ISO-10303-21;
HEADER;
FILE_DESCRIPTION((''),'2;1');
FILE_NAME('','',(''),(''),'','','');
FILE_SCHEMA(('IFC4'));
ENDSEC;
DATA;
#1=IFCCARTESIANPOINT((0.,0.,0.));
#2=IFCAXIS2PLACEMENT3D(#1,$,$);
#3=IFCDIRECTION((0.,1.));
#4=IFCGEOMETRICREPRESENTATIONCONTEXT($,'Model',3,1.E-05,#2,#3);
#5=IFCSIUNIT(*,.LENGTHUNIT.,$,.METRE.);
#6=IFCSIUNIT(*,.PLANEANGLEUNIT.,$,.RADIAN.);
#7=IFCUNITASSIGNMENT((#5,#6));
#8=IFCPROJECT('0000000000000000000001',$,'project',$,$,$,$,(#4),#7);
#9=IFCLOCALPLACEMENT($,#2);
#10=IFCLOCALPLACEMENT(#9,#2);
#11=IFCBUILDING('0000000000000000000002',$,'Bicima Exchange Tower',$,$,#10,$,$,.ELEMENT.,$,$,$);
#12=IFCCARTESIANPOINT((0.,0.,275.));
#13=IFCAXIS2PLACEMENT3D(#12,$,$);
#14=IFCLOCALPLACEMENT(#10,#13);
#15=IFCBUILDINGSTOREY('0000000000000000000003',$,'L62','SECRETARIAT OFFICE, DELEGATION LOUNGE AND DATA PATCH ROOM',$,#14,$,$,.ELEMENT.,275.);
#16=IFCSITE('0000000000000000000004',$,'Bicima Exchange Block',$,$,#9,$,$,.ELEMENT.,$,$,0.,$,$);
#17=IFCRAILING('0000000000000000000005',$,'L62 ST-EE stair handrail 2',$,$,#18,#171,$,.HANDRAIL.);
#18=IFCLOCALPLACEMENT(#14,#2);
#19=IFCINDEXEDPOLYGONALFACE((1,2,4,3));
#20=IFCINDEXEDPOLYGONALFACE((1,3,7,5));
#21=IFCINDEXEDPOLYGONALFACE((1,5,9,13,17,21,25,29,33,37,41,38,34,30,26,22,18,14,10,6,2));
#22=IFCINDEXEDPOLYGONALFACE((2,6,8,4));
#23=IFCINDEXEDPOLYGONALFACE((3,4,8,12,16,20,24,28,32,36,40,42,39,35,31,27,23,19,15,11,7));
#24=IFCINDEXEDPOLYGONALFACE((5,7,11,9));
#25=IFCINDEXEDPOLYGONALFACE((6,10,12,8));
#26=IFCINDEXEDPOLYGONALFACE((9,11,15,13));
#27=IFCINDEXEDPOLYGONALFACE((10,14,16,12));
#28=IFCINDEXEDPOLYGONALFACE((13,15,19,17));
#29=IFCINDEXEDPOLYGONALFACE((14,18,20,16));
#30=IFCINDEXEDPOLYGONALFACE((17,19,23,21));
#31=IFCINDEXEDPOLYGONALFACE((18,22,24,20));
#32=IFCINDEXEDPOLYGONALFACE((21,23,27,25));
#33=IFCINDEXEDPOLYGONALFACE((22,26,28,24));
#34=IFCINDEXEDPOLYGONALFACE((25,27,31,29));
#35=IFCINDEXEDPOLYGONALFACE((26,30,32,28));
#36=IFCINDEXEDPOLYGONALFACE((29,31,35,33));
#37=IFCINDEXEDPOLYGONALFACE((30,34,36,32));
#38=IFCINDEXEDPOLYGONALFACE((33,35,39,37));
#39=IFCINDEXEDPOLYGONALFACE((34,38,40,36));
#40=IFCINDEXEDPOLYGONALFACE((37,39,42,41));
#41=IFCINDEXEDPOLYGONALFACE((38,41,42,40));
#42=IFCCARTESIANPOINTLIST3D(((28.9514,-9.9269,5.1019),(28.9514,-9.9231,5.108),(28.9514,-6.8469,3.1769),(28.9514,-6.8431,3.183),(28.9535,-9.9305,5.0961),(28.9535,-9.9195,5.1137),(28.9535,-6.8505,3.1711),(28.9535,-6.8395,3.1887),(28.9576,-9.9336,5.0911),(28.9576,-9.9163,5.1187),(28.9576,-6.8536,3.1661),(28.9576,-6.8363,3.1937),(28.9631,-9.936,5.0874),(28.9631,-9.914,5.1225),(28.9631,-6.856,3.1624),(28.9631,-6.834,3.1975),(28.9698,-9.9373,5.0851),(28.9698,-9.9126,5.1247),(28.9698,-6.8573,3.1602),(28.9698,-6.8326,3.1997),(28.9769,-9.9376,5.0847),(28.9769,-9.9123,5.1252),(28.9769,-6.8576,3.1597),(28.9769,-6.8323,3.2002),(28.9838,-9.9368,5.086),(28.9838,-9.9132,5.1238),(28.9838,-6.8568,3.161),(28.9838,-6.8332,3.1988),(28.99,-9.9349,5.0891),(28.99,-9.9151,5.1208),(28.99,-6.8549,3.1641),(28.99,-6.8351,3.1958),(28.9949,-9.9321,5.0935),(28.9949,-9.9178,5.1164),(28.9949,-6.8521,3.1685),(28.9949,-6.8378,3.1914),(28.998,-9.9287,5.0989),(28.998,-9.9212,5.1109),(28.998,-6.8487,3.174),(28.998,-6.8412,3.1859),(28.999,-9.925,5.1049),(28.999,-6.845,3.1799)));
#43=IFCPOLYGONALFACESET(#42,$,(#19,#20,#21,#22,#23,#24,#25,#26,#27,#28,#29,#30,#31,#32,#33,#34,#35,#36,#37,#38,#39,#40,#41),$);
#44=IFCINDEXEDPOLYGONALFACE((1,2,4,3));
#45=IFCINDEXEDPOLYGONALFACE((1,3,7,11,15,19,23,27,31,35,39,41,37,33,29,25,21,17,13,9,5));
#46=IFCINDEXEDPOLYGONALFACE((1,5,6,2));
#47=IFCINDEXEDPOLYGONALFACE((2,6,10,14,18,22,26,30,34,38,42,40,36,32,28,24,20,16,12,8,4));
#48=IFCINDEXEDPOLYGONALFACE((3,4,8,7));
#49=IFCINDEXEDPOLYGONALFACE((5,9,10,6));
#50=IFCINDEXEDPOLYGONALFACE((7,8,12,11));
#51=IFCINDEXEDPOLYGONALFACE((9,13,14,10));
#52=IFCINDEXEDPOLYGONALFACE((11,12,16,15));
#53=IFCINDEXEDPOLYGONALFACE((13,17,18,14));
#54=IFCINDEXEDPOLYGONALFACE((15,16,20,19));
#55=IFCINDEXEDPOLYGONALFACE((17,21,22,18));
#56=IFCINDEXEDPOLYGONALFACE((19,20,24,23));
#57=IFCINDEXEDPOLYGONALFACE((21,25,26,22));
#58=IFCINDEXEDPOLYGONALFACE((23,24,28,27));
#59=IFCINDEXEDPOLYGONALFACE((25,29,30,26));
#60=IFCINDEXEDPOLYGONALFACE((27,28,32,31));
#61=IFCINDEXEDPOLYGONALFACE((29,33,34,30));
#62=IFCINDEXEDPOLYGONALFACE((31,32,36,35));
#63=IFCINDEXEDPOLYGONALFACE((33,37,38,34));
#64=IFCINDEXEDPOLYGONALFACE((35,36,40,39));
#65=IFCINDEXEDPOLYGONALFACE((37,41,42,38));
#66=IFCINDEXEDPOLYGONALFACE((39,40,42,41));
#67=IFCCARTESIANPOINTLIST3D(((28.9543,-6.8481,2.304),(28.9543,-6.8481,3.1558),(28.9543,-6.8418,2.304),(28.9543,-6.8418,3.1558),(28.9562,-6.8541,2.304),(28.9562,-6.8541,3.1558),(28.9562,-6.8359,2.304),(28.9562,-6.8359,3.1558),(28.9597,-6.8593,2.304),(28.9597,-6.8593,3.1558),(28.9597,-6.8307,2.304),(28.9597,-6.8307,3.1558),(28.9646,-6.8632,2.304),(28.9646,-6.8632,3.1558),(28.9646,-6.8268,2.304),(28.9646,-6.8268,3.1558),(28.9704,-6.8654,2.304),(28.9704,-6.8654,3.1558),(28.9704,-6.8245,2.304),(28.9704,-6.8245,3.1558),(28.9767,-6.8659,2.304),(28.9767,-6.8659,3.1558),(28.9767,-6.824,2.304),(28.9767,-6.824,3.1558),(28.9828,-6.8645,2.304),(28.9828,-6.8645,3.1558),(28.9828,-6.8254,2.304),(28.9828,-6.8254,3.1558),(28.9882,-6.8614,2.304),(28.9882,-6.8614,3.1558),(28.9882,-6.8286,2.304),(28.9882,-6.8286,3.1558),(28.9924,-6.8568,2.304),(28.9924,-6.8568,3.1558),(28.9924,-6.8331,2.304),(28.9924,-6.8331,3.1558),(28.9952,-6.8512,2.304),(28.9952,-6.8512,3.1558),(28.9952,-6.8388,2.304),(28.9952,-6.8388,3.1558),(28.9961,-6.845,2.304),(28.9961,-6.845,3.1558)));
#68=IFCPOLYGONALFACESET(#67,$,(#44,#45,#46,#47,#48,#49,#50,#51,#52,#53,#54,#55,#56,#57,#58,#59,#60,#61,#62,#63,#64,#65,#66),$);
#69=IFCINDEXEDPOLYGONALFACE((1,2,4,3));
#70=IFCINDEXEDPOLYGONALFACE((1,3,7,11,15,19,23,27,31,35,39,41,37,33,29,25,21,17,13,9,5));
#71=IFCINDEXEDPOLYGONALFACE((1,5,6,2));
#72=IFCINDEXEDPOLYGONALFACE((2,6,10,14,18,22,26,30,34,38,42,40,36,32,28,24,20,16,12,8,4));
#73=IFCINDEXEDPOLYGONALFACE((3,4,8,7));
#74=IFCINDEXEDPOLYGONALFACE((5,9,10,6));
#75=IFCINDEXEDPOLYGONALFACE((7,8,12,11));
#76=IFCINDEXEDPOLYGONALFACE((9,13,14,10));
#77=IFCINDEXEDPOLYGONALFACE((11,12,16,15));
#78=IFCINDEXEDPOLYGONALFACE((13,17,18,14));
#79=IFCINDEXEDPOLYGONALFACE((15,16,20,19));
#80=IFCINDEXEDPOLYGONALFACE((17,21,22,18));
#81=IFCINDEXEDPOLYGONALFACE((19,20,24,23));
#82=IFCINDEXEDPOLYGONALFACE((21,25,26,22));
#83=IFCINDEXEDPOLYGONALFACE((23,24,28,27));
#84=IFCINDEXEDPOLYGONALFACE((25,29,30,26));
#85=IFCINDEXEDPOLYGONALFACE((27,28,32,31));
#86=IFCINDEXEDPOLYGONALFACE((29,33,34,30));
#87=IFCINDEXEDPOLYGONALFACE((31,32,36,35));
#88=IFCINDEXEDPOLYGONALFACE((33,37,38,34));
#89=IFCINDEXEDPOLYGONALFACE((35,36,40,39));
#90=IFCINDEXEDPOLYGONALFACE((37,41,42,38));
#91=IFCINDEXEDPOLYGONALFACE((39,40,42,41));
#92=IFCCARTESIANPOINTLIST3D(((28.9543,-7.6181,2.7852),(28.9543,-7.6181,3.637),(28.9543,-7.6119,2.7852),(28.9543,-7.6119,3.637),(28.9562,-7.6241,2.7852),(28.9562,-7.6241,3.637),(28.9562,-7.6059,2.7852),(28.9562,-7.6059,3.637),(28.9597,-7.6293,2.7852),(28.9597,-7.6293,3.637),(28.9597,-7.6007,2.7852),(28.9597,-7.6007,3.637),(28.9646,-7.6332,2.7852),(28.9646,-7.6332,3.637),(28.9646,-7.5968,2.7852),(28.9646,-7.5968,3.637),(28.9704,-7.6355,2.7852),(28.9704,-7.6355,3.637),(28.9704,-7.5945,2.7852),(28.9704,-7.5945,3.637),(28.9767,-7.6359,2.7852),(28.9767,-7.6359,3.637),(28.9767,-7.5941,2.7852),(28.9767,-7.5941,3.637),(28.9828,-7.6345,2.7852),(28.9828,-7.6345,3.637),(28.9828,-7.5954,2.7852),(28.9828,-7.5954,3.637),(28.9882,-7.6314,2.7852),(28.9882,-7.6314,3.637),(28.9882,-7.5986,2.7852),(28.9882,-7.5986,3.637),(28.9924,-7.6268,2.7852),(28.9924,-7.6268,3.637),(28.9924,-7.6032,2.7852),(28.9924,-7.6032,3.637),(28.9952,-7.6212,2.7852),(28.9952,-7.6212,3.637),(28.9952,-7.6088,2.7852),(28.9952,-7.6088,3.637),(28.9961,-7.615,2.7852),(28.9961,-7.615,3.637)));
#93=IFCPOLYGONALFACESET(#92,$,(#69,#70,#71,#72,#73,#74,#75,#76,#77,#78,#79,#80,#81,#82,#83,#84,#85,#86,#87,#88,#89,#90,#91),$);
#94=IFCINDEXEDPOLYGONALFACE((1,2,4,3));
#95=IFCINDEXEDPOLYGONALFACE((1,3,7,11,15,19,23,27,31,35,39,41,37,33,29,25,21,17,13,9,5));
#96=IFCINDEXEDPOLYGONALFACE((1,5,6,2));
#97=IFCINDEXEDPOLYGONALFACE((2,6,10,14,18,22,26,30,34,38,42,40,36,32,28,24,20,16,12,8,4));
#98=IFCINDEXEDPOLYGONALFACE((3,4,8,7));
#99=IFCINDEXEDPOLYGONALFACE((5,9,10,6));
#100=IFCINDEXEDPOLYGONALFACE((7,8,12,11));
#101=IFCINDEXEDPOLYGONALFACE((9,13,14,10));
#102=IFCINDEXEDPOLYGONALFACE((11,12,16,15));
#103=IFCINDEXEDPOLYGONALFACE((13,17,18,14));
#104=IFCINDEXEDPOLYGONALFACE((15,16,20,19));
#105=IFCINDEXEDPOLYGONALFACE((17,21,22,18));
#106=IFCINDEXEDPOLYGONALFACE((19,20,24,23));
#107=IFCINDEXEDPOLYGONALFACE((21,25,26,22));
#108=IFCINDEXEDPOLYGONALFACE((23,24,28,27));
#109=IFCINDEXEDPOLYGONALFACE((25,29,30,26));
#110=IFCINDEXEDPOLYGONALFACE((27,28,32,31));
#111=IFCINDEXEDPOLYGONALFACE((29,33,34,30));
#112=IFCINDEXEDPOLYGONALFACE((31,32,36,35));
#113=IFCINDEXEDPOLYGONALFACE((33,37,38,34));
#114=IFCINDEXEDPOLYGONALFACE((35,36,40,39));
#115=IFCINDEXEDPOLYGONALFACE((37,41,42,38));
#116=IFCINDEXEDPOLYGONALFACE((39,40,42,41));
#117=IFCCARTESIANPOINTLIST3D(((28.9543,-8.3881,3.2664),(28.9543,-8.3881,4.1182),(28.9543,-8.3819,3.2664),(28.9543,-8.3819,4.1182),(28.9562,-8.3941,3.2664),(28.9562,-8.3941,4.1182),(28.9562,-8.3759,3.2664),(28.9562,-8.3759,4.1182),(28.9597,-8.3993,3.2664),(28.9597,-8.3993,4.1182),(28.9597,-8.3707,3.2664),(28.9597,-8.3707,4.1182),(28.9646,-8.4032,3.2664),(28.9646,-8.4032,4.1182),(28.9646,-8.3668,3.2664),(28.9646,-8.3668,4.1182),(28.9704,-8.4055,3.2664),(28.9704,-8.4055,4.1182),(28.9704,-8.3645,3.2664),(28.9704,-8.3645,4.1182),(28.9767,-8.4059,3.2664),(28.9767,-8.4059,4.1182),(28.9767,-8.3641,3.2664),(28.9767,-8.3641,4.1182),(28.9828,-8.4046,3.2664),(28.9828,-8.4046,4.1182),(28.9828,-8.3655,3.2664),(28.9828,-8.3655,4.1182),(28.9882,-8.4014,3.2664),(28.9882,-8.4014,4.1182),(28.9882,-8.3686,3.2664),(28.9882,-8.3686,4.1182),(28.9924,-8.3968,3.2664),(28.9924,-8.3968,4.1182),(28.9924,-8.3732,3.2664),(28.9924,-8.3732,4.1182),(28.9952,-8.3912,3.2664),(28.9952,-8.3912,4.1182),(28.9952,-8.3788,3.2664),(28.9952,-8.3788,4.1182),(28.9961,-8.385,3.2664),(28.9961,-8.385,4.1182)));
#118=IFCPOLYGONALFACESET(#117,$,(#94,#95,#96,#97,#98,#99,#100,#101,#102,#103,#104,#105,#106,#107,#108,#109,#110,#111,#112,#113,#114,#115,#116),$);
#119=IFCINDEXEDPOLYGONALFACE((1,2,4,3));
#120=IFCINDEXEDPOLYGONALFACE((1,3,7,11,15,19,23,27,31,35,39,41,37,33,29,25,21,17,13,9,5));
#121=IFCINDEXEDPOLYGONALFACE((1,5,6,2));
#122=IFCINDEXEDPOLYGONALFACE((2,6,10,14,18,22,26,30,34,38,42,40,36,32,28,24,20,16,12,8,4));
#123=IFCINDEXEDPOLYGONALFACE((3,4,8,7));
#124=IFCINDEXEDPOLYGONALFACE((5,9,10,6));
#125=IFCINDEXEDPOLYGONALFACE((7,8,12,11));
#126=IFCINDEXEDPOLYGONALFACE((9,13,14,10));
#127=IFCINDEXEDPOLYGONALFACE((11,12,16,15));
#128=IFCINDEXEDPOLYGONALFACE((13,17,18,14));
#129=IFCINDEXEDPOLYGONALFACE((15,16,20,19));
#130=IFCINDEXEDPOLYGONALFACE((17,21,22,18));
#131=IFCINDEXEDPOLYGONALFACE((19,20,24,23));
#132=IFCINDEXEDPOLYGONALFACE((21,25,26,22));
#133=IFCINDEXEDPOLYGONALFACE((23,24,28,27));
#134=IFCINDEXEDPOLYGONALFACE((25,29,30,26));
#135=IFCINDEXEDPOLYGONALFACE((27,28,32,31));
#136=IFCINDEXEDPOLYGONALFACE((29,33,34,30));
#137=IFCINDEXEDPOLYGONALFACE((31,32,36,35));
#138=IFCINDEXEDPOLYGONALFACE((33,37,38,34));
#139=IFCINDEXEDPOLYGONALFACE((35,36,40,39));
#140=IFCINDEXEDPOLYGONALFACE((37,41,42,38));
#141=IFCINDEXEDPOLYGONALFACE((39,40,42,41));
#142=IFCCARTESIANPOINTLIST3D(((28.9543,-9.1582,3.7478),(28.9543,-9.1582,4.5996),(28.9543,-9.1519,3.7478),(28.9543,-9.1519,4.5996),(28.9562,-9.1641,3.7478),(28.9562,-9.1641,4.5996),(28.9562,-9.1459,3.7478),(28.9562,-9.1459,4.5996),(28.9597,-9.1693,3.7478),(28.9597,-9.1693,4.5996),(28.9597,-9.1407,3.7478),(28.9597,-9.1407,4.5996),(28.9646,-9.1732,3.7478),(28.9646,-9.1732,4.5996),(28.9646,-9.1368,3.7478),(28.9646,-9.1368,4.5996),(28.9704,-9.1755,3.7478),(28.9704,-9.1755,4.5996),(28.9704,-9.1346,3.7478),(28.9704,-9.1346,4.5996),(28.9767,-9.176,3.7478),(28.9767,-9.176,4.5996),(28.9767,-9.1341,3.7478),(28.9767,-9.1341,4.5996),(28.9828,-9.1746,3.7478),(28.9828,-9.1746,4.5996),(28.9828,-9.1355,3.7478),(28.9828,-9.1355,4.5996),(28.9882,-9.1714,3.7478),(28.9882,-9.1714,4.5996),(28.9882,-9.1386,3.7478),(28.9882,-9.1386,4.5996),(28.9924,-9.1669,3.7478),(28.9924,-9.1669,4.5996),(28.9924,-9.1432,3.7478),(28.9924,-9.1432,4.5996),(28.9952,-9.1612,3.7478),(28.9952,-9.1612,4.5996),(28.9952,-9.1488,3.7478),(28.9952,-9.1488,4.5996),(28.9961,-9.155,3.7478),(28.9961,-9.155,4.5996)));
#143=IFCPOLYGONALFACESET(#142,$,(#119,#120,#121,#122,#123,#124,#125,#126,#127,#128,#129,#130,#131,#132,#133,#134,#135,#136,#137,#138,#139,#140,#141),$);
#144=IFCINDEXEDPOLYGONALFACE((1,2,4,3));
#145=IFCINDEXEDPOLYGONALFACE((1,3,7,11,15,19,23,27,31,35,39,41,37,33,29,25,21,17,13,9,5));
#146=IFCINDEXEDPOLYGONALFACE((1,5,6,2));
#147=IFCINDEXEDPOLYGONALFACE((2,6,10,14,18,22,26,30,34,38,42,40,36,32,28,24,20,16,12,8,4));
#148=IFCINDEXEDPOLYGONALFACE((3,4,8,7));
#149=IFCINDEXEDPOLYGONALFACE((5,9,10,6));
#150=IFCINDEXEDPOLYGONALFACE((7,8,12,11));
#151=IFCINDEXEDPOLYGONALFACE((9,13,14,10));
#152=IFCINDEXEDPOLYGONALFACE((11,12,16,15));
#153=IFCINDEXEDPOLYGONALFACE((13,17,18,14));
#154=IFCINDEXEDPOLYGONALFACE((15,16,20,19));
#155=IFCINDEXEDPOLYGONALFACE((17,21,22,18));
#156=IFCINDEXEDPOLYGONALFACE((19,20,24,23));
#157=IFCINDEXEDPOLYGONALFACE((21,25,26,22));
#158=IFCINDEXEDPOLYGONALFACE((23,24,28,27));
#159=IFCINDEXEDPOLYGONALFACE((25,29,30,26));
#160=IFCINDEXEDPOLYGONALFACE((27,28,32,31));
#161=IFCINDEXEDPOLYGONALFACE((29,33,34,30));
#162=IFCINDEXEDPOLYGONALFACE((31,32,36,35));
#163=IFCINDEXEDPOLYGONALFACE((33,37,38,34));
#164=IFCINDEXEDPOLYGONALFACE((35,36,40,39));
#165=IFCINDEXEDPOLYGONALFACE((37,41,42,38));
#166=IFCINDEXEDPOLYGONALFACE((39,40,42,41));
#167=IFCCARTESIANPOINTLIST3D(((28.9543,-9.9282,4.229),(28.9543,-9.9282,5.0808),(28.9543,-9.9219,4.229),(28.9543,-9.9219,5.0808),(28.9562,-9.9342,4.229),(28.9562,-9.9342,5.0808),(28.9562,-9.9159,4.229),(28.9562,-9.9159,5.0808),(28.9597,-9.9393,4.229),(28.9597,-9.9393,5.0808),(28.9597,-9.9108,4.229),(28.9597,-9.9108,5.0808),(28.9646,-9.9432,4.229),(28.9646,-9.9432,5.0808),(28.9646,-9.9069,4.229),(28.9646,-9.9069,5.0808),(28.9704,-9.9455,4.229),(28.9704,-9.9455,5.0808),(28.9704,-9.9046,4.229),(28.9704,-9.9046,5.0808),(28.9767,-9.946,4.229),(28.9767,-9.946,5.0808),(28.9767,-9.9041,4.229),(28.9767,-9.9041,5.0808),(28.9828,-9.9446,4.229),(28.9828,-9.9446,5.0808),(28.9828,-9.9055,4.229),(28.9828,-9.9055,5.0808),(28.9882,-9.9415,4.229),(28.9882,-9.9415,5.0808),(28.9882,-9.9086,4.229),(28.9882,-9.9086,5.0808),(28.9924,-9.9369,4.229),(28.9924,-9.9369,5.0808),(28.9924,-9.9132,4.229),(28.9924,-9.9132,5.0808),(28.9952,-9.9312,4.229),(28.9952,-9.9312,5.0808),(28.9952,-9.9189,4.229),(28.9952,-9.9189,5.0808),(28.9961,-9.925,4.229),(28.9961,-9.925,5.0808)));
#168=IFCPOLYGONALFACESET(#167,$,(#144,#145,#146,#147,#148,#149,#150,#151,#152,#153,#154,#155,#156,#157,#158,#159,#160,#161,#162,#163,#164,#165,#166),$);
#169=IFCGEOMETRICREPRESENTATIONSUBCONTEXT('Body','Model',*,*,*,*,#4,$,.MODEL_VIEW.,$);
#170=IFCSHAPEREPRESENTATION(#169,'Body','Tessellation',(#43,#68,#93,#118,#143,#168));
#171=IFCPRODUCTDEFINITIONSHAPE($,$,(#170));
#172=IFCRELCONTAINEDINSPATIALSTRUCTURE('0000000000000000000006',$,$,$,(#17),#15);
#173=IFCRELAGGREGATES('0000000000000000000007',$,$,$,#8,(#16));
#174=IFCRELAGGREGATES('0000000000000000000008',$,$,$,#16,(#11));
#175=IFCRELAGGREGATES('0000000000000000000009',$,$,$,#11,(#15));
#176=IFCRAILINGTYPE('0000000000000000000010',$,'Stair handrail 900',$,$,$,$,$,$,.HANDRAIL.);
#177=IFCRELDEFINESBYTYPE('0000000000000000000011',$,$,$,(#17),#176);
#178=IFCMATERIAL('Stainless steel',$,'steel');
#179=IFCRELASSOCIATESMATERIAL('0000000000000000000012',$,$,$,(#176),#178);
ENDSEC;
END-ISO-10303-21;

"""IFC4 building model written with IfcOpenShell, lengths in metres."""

from ifc_helpers import new_model, si_unit, direction, frame, origin, origin_2d, place, context, subcontext, project, spatial, circle, extrude, material, type_object, element, save


model = new_model("IFC4")

# Units and contexts
model_context = context("Model", 3, precision=1e-05, world=origin(), true_north=direction((0.0, 1.0)))
body_context = subcontext(model_context, "Body", "Model", "MODEL_VIEW")
ifc_project = project(units=[si_unit("LENGTHUNIT", "METRE"), si_unit("PLANEANGLEUNIT", "RADIAN")], contexts=[model_context])

# Site, building, storey
site_placement = place(None, origin())
site = spatial("IfcSite", under=ifc_project, at=site_placement, Name="Bicima Exchange Block", CompositionType="ELEMENT", RefElevation=0.0)
building_placement = place(site_placement, origin())
building = spatial("IfcBuilding", under=site, at=building_placement, Name="Bicima Exchange Tower", CompositionType="ELEMENT")
storey_placement = place(building_placement, frame((0.0, 0.0, 275.0)))
storey = spatial("IfcBuildingStorey", under=building, at=storey_placement, Name="L62", Description="SECRETARIAT OFFICE, DELEGATION LOUNGE AND DATA PATCH ROOM", CompositionType="ELEMENT", Elevation=275.0)

# Railing
ifc_material_1 = material(Name="Stainless steel", Category="steel")
railing_type_1 = type_object("IfcRailingType", Name="Stair handrail 900", PredefinedType="HANDRAIL", material=ifc_material_1)
railing_1_placement = place(storey_placement, frame((28.9751, -6.845, 2.304)))
element("IfcRailing", 1, at=railing_1_placement, inside=storey, type_object=railing_type_1, Name="L62 ST-EE stair handrail 2", PredefinedType="HANDRAIL", context=body_context, shape_type="SweptSolid", body=[
    extrude(circle(Radius=0.0239, at=origin_2d()), frame((0.0, 0.0, 0.876), z_axis=(0.0, -0.847998, 0.529999), x_axis=(1.0, 0.0, 0.0)), (0.0, 0.0, 1.0), 3.6321),
    extrude(circle(Radius=0.021, at=origin_2d()), origin(), (0.0, 0.0, 1.0), 0.8518),
    extrude(circle(Radius=0.021, at=origin_2d()), frame((0.0, -0.77, 0.4812)), (0.0, 0.0, 1.0), 0.8518),
    extrude(circle(Radius=0.021, at=origin_2d()), frame((0.0, -1.54, 0.9624)), (0.0, 0.0, 1.0), 0.8518),
    extrude(circle(Radius=0.021, at=origin_2d()), frame((0.0, -2.3101, 1.4438)), (0.0, 0.0, 1.0), 0.8518),
    extrude(circle(Radius=0.021, at=origin_2d()), frame((0.0, -3.0801, 1.925)), (0.0, 0.0, 1.0), 0.8518),
])

save(model, "model.ifc")
